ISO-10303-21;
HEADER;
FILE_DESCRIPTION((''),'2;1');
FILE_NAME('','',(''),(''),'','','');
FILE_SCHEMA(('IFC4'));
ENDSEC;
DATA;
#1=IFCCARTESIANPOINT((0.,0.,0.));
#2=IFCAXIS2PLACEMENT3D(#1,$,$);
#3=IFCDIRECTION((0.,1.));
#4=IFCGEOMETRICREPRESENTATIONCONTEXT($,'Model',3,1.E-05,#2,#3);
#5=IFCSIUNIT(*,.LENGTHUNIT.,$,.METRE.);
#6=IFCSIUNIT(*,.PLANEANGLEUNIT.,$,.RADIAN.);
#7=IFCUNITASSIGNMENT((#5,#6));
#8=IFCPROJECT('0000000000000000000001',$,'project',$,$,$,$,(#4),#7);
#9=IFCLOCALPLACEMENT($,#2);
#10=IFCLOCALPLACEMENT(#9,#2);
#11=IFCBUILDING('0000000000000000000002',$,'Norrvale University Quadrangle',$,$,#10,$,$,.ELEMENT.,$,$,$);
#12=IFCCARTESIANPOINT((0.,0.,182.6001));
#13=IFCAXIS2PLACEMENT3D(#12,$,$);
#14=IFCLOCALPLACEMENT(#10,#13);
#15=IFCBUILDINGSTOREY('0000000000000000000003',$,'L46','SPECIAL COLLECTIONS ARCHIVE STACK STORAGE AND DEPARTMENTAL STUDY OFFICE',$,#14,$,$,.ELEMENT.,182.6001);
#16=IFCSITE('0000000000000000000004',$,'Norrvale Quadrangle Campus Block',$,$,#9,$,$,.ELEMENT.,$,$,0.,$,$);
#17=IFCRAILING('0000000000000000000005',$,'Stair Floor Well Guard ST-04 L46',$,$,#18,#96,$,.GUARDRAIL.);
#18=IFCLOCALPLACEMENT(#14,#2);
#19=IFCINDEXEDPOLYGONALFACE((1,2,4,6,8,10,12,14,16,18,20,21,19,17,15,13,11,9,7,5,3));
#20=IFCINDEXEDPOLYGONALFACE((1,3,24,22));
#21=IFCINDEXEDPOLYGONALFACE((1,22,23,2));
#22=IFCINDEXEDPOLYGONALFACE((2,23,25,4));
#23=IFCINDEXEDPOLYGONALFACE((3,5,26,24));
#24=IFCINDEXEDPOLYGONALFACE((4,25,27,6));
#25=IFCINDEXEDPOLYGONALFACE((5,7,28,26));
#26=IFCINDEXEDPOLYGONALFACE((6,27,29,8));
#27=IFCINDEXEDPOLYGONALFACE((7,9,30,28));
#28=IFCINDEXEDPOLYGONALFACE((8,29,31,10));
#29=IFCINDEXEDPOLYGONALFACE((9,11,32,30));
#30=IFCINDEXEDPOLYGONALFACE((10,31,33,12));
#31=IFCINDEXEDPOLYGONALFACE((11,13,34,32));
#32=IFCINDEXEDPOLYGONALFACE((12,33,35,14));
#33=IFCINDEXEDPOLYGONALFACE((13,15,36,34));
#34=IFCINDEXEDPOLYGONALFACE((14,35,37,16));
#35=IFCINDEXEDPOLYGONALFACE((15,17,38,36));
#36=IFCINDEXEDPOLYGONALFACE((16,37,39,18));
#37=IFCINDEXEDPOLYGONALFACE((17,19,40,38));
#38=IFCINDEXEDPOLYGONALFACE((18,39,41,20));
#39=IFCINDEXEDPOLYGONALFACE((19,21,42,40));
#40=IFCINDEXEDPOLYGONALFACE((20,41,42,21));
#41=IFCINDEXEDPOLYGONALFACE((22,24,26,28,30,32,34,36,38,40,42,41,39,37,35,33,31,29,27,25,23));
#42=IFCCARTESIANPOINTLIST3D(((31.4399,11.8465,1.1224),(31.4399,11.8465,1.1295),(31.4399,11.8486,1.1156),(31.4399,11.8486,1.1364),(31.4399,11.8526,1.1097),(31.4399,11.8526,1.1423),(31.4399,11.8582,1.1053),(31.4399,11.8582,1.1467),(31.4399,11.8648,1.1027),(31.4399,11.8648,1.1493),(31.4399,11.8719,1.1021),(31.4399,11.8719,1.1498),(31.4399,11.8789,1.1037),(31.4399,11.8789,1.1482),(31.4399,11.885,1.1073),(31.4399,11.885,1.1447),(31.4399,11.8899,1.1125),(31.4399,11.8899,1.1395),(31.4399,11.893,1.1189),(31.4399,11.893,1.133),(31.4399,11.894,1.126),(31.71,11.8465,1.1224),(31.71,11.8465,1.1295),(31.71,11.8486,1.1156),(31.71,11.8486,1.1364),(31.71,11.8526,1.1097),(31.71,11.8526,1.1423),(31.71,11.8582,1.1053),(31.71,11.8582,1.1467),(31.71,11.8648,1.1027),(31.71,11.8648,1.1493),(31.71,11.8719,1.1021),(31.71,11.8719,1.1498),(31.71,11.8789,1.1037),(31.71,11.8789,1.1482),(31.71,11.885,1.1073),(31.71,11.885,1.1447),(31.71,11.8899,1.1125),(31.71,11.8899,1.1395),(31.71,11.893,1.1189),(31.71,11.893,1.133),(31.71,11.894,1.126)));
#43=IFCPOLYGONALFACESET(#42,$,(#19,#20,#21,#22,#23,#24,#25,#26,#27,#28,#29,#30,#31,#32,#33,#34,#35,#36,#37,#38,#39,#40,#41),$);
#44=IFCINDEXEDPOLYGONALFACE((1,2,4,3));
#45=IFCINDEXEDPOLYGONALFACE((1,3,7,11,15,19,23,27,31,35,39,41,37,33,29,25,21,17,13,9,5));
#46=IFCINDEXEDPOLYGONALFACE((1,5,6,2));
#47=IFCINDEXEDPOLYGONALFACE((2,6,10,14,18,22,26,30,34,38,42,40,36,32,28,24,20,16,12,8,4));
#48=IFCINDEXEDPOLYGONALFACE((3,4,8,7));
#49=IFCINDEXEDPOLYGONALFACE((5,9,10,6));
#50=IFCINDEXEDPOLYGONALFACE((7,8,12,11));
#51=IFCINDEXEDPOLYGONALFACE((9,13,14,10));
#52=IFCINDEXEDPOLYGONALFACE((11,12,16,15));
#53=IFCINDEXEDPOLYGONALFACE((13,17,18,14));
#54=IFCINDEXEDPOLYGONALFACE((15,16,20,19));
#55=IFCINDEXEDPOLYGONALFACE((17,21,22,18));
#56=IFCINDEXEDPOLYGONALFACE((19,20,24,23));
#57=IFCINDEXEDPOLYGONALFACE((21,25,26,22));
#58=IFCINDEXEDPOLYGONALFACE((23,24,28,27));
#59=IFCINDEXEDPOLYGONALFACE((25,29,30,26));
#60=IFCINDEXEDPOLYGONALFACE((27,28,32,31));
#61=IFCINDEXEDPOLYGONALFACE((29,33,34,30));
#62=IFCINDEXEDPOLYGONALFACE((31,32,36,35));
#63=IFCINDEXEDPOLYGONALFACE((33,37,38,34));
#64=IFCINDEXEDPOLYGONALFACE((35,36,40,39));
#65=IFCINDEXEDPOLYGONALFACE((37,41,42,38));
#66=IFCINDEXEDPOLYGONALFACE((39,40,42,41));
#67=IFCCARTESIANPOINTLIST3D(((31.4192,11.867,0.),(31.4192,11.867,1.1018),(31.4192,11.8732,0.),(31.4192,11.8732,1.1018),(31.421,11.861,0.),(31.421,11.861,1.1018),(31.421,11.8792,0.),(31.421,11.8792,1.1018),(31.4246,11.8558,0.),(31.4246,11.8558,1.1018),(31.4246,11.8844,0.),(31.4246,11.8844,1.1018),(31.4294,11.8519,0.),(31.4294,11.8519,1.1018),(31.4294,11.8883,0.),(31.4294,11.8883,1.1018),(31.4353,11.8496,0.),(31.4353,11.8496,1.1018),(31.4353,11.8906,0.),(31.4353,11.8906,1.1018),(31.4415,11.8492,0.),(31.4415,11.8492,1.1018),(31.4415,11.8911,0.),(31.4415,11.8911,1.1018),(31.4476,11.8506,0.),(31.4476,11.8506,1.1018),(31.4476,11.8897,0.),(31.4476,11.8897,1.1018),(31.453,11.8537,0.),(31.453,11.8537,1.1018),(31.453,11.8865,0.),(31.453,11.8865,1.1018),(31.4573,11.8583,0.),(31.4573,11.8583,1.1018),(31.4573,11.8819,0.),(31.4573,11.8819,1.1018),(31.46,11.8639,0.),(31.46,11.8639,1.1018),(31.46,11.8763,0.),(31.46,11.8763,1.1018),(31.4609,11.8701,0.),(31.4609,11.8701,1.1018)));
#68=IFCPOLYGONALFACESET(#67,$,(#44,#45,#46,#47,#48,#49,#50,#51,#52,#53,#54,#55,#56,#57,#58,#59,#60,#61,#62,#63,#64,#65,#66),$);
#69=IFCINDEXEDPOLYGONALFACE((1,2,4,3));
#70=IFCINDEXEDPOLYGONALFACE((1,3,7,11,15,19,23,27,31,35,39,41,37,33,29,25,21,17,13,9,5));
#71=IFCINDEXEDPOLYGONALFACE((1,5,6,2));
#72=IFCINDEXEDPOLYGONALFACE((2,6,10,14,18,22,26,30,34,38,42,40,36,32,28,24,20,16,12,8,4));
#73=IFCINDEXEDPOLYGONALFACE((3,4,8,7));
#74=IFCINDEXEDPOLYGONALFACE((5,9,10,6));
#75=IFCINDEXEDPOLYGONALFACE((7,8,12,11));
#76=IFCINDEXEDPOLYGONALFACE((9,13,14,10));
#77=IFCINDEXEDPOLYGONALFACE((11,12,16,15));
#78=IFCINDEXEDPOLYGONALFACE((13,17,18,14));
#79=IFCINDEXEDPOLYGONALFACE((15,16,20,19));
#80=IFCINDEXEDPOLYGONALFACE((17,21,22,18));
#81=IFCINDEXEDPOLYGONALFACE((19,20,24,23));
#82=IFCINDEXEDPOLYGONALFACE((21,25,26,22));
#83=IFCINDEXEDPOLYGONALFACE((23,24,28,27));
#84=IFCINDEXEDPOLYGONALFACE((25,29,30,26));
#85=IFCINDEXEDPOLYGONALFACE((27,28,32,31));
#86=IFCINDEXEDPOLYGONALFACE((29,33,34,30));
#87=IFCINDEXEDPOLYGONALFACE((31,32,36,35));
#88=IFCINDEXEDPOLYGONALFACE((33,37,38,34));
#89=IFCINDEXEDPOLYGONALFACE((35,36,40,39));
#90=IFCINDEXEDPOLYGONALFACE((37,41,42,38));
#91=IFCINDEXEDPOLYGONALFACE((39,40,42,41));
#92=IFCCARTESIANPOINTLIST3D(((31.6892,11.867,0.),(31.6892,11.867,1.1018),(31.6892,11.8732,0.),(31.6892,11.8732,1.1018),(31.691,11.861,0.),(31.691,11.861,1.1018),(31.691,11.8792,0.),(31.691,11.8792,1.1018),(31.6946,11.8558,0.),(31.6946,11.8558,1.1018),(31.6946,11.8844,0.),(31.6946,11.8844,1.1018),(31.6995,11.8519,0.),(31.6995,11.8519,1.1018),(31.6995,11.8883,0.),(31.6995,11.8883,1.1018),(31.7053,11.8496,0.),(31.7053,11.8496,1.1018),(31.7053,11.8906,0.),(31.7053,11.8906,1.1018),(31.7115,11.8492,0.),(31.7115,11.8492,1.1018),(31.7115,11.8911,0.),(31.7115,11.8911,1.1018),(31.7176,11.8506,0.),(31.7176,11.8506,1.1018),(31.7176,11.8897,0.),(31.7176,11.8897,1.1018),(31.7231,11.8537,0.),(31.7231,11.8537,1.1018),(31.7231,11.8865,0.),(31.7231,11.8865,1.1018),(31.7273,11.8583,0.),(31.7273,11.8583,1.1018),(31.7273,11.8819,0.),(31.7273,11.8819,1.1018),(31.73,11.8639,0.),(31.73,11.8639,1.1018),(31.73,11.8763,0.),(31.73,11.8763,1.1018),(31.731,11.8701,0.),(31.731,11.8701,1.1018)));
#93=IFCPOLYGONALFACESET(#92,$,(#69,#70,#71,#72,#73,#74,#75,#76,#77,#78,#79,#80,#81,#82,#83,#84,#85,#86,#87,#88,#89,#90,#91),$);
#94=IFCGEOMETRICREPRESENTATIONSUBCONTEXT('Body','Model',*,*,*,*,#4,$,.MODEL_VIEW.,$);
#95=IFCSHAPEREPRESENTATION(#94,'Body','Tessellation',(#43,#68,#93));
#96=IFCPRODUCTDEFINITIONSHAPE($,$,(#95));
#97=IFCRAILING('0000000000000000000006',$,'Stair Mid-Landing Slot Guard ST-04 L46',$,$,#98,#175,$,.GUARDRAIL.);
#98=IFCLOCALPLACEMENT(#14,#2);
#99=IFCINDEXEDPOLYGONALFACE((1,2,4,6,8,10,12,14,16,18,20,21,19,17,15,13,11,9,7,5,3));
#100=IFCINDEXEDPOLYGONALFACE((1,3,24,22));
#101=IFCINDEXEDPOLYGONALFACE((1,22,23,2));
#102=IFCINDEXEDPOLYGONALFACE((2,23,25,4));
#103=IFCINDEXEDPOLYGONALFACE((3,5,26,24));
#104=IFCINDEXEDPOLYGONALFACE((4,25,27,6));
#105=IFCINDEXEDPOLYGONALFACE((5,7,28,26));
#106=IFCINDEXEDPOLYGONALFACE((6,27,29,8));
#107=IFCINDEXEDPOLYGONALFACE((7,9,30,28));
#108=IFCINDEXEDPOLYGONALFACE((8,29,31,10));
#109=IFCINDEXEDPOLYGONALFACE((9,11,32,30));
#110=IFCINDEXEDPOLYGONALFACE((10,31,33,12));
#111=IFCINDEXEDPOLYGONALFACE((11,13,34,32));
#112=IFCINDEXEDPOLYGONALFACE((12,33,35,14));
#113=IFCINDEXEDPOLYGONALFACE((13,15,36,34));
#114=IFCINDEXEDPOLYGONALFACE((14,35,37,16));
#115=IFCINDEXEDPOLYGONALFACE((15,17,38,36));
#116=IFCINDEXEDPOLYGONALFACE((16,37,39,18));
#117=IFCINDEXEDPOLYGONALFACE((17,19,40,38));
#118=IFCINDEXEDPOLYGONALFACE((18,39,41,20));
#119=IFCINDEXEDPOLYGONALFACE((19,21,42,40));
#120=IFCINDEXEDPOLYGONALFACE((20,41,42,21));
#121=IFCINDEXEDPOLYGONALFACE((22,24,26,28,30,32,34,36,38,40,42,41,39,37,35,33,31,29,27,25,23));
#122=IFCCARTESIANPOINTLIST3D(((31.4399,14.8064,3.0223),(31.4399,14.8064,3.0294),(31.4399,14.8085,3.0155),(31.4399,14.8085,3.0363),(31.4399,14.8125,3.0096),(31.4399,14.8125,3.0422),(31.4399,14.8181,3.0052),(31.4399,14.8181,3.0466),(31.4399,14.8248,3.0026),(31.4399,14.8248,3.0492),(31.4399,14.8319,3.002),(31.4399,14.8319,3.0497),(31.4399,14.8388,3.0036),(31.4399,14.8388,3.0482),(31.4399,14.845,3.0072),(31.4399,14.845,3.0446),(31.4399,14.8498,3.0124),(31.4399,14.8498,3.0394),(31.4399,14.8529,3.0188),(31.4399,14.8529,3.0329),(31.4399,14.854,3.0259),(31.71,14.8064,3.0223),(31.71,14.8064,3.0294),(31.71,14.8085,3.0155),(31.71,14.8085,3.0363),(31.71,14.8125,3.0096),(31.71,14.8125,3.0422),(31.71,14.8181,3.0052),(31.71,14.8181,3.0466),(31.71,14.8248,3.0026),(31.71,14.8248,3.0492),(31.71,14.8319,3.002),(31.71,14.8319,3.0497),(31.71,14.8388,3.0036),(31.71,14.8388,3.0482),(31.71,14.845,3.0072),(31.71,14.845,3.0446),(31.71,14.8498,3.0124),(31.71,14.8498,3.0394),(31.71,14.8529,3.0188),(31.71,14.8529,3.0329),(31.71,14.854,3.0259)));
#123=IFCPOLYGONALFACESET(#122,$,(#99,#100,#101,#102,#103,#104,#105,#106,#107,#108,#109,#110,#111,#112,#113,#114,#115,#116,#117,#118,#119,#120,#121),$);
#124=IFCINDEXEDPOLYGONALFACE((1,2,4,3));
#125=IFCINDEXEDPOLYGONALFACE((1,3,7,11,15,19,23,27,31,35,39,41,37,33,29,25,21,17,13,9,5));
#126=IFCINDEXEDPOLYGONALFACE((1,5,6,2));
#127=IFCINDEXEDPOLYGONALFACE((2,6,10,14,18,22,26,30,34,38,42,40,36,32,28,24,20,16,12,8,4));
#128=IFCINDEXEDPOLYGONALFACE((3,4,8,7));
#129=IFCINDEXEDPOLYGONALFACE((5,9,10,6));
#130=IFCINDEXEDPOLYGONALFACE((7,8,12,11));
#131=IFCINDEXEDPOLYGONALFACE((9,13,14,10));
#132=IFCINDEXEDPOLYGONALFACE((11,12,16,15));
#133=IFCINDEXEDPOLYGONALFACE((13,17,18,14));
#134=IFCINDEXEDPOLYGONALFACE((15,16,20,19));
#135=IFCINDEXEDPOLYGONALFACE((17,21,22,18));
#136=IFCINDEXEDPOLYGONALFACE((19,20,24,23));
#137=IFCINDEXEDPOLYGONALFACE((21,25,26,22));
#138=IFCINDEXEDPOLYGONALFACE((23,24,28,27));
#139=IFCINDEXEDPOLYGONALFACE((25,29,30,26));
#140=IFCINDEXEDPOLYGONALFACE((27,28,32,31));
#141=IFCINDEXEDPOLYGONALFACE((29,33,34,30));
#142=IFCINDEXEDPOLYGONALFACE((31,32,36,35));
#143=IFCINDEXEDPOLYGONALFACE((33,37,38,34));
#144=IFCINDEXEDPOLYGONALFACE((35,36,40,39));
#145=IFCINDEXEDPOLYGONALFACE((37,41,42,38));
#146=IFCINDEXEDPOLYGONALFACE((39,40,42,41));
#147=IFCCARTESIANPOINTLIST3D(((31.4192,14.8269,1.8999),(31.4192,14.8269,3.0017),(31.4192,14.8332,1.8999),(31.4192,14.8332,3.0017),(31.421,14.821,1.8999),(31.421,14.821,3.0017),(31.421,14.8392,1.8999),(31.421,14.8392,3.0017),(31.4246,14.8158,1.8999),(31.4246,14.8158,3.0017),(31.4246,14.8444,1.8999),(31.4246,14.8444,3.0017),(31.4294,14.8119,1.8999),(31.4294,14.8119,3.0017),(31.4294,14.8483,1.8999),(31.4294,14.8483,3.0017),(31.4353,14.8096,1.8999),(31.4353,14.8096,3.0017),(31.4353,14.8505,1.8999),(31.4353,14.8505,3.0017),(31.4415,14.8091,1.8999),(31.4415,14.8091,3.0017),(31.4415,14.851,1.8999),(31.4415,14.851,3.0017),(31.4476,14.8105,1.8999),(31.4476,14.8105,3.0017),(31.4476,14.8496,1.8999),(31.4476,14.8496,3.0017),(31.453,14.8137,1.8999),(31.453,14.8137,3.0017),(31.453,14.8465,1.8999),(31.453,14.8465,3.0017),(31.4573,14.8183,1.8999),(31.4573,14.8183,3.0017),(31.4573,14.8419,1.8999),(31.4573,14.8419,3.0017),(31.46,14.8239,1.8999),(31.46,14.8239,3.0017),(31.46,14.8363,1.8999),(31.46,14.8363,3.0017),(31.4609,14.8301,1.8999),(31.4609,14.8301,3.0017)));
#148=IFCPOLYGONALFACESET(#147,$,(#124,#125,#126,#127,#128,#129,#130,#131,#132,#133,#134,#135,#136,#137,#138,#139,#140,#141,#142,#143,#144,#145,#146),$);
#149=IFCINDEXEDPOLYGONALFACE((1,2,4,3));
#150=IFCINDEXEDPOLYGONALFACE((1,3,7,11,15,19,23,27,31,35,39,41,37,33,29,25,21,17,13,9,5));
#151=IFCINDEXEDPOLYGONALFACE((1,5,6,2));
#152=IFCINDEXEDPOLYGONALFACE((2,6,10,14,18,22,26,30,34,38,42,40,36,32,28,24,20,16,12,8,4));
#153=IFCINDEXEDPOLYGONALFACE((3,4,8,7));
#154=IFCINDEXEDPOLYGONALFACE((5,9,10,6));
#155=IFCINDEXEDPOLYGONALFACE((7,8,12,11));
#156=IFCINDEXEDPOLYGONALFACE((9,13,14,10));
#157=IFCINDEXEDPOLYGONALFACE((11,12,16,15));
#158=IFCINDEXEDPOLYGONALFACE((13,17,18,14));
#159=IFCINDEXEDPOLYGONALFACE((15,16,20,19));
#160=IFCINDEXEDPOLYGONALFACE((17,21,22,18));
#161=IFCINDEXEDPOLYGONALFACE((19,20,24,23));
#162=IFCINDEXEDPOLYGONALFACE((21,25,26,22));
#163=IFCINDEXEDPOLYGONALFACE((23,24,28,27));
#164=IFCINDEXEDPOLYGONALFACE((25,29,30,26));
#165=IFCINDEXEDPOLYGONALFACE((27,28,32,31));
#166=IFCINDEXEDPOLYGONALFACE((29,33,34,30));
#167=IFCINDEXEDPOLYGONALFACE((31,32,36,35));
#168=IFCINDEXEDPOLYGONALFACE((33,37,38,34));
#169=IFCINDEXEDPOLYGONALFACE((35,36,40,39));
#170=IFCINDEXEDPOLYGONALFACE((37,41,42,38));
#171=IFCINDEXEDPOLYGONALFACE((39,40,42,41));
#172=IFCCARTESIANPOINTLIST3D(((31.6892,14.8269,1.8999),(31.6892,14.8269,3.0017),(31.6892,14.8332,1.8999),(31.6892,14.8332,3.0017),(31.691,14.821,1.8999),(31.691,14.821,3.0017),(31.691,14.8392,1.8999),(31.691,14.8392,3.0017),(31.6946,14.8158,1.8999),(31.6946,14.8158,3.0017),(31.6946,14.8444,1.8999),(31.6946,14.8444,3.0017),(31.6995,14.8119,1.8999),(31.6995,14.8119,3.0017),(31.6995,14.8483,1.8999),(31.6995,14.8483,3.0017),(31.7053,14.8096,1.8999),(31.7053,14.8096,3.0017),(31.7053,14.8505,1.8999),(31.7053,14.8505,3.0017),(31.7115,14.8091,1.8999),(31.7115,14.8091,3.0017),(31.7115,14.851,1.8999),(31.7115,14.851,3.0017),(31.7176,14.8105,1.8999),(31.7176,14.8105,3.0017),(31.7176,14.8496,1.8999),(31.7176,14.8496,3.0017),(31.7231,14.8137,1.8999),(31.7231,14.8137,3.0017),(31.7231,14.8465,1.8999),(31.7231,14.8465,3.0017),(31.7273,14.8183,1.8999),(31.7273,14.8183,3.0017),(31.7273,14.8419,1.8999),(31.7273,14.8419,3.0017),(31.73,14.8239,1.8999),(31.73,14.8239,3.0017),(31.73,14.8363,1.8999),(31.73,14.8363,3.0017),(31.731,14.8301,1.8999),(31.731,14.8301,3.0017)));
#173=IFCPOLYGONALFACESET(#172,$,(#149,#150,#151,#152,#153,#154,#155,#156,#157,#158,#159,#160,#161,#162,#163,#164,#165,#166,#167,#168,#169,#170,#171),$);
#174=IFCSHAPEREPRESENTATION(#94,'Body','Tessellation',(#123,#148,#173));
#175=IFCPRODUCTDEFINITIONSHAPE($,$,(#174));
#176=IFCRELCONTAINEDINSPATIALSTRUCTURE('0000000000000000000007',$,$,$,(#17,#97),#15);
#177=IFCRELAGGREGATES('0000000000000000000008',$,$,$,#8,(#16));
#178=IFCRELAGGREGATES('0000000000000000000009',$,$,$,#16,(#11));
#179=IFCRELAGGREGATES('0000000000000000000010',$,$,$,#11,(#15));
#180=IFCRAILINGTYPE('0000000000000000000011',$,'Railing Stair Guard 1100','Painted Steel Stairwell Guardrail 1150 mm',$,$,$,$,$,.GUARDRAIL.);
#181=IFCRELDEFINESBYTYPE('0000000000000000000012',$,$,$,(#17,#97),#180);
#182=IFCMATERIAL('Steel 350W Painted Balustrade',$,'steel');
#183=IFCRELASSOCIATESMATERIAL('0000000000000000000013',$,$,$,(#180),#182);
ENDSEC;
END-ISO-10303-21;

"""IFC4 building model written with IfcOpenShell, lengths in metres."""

from ifc_helpers import new_model, si_unit, direction, frame, origin, origin_2d, place, context, subcontext, project, spatial, circle, extrude, material, type_object, element, save


model = new_model("IFC4")

# Units and contexts
model_context = context("Model", 3, precision=1e-05, world=origin(), true_north=direction((0.0, 1.0)))
body_context = subcontext(model_context, "Body", "Model", "MODEL_VIEW")
ifc_project = project(units=[si_unit("LENGTHUNIT", "METRE"), si_unit("PLANEANGLEUNIT", "RADIAN")], contexts=[model_context])

# Site, building, storey
site_placement = place(None, origin())
site = spatial("IfcSite", under=ifc_project, at=site_placement, Name="Norrvale Quadrangle Campus Block", CompositionType="ELEMENT", RefElevation=0.0)
building_placement = place(site_placement, origin())
building = spatial("IfcBuilding", under=site, at=building_placement, Name="Norrvale University Quadrangle", CompositionType="ELEMENT")
storey_placement = place(building_placement, frame((0.0, 0.0, 182.6001)))
storey = spatial("IfcBuildingStorey", under=building, at=storey_placement, Name="L46", Description="SPECIAL COLLECTIONS ARCHIVE STACK STORAGE AND DEPARTMENTAL STUDY OFFICE", CompositionType="ELEMENT", Elevation=182.6001)

# Railings
ifc_material_1 = material(Name="Steel 350W Painted Balustrade", Category="steel")
railing_type_1 = type_object("IfcRailingType", Name="Railing Stair Guard 1100", Description="Painted Steel Stairwell Guardrail 1150 mm", PredefinedType="GUARDRAIL", material=ifc_material_1)
for number, where, name in (
    (1, (31.4399, 11.8701, 0.0), "Stair Floor Well Guard ST-04 L46"),
    (2, (31.4399, 14.8301, 1.8999), "Stair Mid-Landing Slot Guard ST-04 L46"),
):
    element("IfcRailing", number, at=place(storey_placement, frame(where)), inside=storey, type_object=railing_type_1, Name=name, PredefinedType="GUARDRAIL", context=body_context, shape_type="SweptSolid", body=[
        extrude(circle(Radius=0.0239, at=origin_2d()), frame((0.0, 0.0, 1.126), z_axis=(1.0, 0.0, 0.0), x_axis=(0.0, 1.0, 0.0)), (0.0, 0.0, 1.0), 0.27),
        extrude(circle(Radius=0.021, at=origin_2d()), origin(), (0.0, 0.0, 1.0), 1.1018),
        extrude(circle(Radius=0.021, at=origin_2d()), frame((0.27, 0.0, 0.0)), (0.0, 0.0, 1.0), 1.1018),
    ])

save(model, "model.ifc")
